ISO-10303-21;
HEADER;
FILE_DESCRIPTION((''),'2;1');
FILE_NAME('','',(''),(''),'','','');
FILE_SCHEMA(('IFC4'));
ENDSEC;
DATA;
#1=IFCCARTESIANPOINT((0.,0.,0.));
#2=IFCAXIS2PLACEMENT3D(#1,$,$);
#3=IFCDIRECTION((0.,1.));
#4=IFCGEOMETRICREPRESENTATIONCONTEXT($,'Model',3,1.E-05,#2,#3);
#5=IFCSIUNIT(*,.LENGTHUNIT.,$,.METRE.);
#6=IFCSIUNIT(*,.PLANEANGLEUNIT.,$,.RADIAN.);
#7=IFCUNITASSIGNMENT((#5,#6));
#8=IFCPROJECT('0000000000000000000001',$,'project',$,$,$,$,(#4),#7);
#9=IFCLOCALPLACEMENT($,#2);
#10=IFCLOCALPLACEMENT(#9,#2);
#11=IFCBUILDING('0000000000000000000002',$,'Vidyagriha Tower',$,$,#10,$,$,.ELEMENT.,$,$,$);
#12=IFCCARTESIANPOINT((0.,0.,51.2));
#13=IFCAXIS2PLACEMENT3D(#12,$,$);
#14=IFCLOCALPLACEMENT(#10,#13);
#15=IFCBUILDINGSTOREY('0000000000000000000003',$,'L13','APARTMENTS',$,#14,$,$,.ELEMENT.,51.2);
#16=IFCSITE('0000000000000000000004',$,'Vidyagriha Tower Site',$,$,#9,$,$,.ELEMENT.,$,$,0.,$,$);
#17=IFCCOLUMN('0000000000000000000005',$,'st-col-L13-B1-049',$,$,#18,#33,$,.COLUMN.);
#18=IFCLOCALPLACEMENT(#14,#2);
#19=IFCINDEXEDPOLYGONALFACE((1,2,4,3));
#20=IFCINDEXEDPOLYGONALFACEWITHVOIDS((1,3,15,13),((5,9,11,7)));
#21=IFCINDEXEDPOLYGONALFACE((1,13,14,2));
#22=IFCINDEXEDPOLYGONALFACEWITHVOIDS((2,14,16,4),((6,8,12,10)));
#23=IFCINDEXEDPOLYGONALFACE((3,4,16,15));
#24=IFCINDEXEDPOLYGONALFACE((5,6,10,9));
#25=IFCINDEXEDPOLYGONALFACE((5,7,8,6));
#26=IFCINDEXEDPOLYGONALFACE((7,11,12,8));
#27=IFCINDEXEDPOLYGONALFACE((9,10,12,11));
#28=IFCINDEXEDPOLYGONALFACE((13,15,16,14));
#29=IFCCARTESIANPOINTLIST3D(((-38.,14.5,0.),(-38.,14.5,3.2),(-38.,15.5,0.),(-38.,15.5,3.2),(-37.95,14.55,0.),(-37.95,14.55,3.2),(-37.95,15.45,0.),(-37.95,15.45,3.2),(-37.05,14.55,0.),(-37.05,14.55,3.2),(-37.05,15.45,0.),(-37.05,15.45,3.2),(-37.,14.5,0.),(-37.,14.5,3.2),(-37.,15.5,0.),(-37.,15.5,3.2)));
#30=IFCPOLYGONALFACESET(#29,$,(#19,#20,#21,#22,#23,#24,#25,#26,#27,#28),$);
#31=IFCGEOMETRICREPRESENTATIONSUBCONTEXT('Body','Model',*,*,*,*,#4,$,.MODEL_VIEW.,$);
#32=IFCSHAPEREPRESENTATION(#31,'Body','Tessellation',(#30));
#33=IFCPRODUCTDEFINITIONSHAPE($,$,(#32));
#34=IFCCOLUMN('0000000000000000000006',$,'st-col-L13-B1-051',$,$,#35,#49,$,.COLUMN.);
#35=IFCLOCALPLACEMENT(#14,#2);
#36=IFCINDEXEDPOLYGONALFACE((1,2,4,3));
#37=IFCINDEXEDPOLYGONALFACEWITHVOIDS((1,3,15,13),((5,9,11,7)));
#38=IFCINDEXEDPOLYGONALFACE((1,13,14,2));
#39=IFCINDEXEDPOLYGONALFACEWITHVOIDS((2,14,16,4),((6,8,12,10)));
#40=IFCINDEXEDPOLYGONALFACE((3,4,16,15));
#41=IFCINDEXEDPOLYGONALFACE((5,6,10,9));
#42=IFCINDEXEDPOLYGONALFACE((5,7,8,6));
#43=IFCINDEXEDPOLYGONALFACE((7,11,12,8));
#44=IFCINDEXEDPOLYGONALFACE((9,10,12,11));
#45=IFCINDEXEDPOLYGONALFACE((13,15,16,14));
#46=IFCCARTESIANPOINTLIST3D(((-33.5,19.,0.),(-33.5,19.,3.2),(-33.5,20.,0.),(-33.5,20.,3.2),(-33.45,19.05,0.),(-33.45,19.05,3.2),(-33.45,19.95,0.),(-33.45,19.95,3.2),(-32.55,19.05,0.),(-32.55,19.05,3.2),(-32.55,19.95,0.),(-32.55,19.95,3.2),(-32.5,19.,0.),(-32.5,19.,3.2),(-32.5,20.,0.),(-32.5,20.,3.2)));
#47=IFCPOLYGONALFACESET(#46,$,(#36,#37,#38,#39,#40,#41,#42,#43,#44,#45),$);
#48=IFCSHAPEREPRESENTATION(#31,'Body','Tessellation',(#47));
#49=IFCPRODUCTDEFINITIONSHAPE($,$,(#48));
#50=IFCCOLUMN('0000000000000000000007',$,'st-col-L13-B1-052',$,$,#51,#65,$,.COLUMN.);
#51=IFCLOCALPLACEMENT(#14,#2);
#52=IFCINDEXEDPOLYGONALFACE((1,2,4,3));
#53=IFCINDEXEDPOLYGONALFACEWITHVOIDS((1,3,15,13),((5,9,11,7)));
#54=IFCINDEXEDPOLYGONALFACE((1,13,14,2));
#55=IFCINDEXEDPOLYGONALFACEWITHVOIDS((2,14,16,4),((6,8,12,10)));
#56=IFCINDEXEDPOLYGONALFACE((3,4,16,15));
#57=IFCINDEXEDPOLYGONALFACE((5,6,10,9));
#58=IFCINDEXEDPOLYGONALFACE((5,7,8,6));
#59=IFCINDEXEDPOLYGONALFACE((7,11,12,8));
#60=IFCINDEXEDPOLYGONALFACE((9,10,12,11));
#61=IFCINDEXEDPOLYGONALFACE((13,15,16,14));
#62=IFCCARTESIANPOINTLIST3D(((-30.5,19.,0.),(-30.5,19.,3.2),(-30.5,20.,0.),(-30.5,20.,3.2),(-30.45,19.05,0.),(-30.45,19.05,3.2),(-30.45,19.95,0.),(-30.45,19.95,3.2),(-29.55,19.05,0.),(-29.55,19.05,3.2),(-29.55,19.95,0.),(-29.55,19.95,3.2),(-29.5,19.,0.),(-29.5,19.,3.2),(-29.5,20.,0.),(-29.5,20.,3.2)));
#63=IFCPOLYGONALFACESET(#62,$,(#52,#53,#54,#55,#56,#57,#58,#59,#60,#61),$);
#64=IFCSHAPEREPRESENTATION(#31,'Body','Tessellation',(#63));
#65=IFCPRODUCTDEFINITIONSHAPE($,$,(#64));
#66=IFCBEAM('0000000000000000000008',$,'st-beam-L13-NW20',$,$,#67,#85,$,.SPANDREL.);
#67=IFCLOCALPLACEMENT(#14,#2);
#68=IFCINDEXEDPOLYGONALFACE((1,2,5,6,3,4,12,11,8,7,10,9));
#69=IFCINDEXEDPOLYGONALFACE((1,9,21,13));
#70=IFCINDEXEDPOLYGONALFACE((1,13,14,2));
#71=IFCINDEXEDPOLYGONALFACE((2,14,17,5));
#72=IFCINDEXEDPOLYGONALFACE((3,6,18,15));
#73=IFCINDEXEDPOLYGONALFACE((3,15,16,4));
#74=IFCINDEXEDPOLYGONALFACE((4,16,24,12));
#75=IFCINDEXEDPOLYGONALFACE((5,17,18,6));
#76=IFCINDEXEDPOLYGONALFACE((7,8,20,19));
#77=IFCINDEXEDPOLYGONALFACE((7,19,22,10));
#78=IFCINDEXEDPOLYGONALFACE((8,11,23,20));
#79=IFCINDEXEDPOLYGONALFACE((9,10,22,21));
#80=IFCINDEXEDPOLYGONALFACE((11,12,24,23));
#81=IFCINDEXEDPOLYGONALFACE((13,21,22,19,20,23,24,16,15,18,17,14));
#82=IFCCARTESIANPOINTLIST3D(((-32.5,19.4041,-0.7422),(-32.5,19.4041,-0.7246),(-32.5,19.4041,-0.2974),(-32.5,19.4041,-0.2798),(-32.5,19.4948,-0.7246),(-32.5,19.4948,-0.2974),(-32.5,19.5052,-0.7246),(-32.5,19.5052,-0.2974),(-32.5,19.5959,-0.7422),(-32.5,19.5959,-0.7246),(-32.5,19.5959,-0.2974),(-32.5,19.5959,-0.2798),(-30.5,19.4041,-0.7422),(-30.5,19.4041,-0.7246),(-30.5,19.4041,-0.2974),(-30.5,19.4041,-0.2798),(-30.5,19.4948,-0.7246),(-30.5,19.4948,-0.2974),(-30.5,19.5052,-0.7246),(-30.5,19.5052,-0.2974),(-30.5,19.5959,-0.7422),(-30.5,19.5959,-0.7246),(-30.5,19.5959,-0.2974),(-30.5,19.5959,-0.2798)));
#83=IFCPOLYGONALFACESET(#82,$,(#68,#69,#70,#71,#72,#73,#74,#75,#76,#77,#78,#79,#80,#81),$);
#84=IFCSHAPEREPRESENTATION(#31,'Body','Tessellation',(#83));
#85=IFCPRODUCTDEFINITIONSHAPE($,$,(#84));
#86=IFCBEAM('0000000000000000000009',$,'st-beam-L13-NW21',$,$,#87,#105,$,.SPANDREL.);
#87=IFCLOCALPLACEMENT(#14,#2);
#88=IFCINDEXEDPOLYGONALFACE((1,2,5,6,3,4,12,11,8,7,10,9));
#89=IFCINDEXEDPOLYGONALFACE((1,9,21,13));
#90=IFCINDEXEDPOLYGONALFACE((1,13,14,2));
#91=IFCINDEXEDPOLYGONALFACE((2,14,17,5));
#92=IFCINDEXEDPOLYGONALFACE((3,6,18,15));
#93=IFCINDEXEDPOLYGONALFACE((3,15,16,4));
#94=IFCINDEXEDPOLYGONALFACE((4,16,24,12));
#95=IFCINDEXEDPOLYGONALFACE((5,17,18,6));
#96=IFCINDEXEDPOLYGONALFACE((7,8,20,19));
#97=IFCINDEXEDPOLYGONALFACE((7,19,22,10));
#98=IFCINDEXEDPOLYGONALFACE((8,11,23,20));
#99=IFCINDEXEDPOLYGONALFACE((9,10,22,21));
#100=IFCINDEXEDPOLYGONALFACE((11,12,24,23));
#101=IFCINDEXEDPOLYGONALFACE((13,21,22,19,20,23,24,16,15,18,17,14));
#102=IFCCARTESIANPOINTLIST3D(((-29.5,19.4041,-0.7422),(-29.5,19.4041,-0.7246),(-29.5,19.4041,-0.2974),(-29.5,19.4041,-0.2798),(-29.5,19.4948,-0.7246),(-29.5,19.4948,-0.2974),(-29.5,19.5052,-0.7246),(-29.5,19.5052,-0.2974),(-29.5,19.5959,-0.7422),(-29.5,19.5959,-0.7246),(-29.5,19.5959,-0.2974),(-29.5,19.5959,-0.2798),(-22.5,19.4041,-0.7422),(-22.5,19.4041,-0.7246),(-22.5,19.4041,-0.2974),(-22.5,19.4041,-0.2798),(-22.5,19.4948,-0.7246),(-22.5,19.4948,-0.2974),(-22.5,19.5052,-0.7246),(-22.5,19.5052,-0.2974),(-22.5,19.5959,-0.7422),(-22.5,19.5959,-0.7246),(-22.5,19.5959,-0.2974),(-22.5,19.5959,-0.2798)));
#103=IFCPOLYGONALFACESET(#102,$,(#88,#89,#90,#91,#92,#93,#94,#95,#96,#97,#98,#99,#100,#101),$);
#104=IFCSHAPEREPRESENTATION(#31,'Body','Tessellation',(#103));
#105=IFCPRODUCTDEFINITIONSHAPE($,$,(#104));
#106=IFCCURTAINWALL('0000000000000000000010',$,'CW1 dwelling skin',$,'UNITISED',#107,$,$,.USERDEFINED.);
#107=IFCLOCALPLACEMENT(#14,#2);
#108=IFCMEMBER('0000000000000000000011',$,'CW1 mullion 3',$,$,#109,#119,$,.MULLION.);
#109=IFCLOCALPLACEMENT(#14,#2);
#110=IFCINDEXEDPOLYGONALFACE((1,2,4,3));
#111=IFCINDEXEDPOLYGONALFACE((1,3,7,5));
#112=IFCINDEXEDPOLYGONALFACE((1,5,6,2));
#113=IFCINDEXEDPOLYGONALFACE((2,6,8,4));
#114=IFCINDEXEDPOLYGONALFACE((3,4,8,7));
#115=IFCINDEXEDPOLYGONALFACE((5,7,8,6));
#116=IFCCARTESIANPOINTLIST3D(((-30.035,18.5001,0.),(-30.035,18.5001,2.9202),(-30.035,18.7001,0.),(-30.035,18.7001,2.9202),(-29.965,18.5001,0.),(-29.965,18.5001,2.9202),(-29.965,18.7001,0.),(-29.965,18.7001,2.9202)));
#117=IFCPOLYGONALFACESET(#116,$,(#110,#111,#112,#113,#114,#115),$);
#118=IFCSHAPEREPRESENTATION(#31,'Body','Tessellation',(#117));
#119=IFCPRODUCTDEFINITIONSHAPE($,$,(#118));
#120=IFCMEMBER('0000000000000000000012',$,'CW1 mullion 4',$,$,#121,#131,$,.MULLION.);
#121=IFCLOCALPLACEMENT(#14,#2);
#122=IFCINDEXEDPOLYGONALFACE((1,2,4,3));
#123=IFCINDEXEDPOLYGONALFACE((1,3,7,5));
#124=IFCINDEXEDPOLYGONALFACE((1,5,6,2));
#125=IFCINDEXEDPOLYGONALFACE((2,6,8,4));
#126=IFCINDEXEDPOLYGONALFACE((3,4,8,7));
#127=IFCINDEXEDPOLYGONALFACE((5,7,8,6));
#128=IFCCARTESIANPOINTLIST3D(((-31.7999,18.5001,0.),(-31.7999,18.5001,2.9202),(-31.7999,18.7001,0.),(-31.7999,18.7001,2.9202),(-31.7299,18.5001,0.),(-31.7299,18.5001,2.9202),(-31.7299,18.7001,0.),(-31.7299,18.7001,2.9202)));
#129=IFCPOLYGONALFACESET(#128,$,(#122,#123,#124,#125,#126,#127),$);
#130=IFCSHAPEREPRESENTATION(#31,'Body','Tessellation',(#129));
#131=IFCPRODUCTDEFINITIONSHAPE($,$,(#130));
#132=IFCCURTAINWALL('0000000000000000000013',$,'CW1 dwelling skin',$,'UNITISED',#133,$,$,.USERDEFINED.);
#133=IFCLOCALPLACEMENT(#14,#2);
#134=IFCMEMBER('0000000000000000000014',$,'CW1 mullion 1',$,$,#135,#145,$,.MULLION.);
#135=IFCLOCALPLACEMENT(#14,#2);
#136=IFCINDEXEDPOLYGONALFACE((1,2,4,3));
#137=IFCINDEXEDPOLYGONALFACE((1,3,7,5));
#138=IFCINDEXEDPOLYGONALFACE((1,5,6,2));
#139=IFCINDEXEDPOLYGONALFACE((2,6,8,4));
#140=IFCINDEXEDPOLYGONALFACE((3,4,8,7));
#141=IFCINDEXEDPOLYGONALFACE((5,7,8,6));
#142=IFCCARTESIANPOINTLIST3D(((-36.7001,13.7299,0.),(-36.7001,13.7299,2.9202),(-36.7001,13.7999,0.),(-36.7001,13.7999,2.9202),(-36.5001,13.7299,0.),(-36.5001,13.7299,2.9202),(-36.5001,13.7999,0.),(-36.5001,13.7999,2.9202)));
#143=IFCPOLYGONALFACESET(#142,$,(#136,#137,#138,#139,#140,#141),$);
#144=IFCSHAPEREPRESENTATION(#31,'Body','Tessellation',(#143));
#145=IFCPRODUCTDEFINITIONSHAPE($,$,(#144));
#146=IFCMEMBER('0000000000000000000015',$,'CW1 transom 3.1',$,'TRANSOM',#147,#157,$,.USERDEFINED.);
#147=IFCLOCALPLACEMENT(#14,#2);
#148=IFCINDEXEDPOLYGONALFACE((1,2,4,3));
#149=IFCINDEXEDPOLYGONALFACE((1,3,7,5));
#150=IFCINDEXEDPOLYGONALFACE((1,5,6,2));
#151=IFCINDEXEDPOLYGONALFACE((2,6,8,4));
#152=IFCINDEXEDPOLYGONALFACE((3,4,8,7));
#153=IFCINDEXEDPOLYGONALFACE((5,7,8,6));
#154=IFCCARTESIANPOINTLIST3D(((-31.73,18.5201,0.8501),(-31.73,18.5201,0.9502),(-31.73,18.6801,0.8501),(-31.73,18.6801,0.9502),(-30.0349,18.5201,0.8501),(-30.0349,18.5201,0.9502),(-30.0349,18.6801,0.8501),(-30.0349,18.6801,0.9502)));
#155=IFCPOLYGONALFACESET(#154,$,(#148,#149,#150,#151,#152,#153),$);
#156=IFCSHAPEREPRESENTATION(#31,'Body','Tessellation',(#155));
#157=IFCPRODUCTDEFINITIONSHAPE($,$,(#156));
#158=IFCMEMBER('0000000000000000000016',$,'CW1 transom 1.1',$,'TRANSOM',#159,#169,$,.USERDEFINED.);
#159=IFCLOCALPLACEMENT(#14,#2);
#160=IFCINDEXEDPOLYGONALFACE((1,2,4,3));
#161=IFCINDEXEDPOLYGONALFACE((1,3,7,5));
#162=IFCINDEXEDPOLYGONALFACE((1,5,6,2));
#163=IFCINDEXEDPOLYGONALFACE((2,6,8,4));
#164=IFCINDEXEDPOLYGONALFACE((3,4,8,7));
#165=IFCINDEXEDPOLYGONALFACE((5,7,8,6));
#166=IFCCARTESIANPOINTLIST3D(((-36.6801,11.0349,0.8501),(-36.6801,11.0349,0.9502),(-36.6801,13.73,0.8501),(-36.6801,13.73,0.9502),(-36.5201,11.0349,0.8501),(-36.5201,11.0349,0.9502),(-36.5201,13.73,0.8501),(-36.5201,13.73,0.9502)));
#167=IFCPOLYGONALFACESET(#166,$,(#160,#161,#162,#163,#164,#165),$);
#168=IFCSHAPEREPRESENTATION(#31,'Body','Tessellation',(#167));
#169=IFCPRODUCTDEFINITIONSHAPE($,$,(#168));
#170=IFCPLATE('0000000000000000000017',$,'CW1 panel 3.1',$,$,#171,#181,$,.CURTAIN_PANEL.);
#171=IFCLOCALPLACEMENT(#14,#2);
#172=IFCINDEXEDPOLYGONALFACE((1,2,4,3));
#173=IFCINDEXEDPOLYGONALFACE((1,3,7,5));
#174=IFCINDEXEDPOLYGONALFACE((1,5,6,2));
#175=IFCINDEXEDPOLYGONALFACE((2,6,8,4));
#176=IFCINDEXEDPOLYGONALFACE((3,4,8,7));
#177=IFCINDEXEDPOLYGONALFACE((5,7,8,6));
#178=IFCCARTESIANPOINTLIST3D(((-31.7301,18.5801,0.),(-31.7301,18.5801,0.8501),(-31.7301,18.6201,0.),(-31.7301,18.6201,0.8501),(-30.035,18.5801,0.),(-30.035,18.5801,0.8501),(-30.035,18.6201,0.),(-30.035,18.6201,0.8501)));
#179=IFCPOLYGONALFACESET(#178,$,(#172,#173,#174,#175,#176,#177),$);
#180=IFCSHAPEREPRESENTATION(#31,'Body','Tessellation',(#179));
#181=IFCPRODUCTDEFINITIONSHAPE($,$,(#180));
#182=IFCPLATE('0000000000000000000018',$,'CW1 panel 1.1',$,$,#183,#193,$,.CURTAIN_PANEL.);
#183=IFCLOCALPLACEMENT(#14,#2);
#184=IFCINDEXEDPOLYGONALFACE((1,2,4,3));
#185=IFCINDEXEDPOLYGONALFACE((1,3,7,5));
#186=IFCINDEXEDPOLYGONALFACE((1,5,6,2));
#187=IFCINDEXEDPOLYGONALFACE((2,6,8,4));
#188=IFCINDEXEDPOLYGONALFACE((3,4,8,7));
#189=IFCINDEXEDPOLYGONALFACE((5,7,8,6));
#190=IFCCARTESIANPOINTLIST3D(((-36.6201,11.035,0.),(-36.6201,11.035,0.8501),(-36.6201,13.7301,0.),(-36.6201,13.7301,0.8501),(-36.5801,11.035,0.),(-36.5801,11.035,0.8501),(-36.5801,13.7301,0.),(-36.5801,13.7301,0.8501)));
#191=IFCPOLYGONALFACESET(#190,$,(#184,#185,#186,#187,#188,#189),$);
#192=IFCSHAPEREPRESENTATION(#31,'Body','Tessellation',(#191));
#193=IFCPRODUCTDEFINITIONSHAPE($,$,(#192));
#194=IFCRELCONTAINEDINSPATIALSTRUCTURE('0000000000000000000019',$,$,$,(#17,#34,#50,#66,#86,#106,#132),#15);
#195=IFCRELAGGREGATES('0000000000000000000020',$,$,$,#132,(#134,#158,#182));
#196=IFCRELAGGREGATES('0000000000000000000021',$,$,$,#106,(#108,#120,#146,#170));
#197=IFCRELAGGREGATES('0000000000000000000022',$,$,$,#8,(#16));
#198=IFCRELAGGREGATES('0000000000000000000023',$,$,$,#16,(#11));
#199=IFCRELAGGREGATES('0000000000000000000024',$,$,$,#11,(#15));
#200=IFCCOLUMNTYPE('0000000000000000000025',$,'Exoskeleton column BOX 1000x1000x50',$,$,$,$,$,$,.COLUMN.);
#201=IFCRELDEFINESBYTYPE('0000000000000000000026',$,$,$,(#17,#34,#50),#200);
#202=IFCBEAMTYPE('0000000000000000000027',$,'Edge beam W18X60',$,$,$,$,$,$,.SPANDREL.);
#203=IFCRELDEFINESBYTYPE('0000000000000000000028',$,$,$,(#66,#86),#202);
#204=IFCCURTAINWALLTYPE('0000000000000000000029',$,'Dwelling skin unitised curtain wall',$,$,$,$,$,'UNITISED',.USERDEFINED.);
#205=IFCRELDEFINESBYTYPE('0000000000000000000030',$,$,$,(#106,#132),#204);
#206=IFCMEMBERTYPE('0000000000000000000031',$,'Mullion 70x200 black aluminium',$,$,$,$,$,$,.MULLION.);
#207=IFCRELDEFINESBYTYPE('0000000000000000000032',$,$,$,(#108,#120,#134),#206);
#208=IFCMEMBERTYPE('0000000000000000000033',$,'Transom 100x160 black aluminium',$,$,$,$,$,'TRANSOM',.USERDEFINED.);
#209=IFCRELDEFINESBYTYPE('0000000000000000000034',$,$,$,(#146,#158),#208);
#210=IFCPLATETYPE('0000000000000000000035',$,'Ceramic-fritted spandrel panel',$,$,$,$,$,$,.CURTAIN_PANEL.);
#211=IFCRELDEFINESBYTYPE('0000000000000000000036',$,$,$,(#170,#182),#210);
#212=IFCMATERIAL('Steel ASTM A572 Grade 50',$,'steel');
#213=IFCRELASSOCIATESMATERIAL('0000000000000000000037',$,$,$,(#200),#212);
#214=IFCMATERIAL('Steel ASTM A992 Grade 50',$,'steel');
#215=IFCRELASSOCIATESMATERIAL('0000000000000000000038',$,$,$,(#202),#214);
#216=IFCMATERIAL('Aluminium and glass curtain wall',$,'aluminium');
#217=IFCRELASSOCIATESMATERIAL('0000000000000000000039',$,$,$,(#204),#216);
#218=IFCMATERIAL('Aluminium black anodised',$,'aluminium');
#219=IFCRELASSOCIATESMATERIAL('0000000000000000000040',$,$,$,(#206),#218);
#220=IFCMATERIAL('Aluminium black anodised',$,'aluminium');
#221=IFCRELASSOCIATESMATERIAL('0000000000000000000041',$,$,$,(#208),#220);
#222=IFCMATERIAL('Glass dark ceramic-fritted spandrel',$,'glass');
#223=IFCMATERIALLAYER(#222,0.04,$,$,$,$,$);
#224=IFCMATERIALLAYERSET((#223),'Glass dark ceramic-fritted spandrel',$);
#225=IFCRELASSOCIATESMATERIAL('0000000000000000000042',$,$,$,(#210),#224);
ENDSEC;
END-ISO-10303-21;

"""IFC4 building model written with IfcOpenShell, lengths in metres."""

from ifc_helpers import new_model, si_unit, direction, frame, origin, origin_2d, place, context, subcontext, project, spatial, rectangle, hollow_rectangle, i_section, extrude, material, layer, layer_set, material_profile, profile_set, type_object, element, aggregate, save


model = new_model("IFC4")

# Units and contexts
model_context = context("Model", 3, precision=1e-05, world=origin(), true_north=direction((0.0, 1.0)))
body_context = subcontext(model_context, "Body", "Model", "MODEL_VIEW")
ifc_project = project(units=[si_unit("LENGTHUNIT", "METRE"), si_unit("PLANEANGLEUNIT", "RADIAN")], contexts=[model_context])

# Site, building, storey
site_placement = place(None, origin())
site = spatial("IfcSite", under=ifc_project, at=site_placement, Name="Vidyagriha Tower Site", CompositionType="ELEMENT", RefElevation=0.0)
building_placement = place(site_placement, origin())
building = spatial("IfcBuilding", under=site, at=building_placement, Name="Vidyagriha Tower", CompositionType="ELEMENT")
storey_placement = place(building_placement, frame((0.0, 0.0, 51.2)))
storey = spatial("IfcBuildingStorey", under=building, at=storey_placement, Name="L13", Description="APARTMENTS", CompositionType="ELEMENT", Elevation=51.2)

# Columns
ifc_material_1 = material(Name="Steel ASTM A572 Grade 50", Category="steel")
ifc_material_profile_1 = material_profile(ifc_material_1, hollow_rectangle(XDim=1.0, YDim=1.0, WallThickness=0.05, at=origin_2d()), Name="BOX 1000x1000x50")
ifc_profile_set_1 = profile_set([ifc_material_profile_1], Name="Steel ASTM A572 Grade 50")
column_type = type_object("IfcColumnType", Name="Exoskeleton column BOX 1000x1000x50", PredefinedType="COLUMN", material=ifc_profile_set_1)
for number, where, name in (
    (1, (-37.5, 15.0, 0.0), "st-col-L13-B1-049"),
    (2, (-33.0, 19.5, 0.0), "st-col-L13-B1-051"),
    (3, (-30.0, 19.5, 0.0), "st-col-L13-B1-052"),
):
    element("IfcColumn", number, at=place(storey_placement, frame(where)), inside=storey, type_object=column_type, Name=name, PredefinedType="COLUMN", context=body_context, shape_type="SweptSolid", body=[
        extrude(hollow_rectangle(XDim=1.0, YDim=1.0, WallThickness=0.05, at=origin_2d()), origin(), (0.0, 0.0, 1.0), 3.2),
    ])

# Beams
ifc_material_2 = material(Name="Steel ASTM A992 Grade 50", Category="steel")
ifc_material_profile_2 = material_profile(ifc_material_2, i_section(OverallWidth=0.1919, OverallDepth=0.4624, WebThickness=0.0105, FlangeThickness=0.0176, at=origin_2d()), Name="W18X60")
ifc_profile_set_2 = profile_set([ifc_material_profile_2], Name="Steel ASTM A992 Grade 50")
beam_type = type_object("IfcBeamType", Name="Edge beam W18X60", PredefinedType="SPANDREL", material=ifc_profile_set_2)
beam_1_placement = place(storey_placement, frame((-32.5, 19.5, -0.511), z_axis=(1.0, 0.0, 0.0), x_axis=(0.0, 1.0, 0.0)))
element("IfcBeam", 4, at=beam_1_placement, inside=storey, type_object=beam_type, Name="st-beam-L13-NW20", PredefinedType="SPANDREL", context=body_context, shape_type="SweptSolid", body=[
    extrude(i_section(OverallWidth=0.1919, OverallDepth=0.4624, WebThickness=0.0105, FlangeThickness=0.0176, at=origin_2d()), origin(), (0.0, 0.0, 1.0), 2.0),
])
beam_2_placement = place(storey_placement, frame((-29.5, 19.5, -0.511), z_axis=(1.0, 0.0, 0.0), x_axis=(0.0, 1.0, 0.0)))
element("IfcBeam", 5, at=beam_2_placement, inside=storey, type_object=beam_type, Name="st-beam-L13-NW21", PredefinedType="SPANDREL", context=body_context, shape_type="SweptSolid", body=[
    extrude(i_section(OverallWidth=0.1919, OverallDepth=0.4624, WebThickness=0.0105, FlangeThickness=0.0176, at=origin_2d()), origin(), (0.0, 0.0, 1.0), 7.0),
])

# Curtain wall, members
ifc_material_3 = material(Name="Aluminium and glass curtain wall", Category="aluminium")
curtain_wall_type = type_object("IfcCurtainWallType", Name="Dwelling skin unitised curtain wall", ElementType="UNITISED", PredefinedType="USERDEFINED", material=ifc_material_3)
curtain_wall_1_placement = place(storey_placement, origin())
curtain_wall_1 = element("IfcCurtainWall", 6, at=curtain_wall_1_placement, inside=storey, type_object=curtain_wall_type, Name="CW1 dwelling skin", ObjectType="UNITISED", PredefinedType="USERDEFINED")
ifc_material_4 = material(Name="Aluminium black anodised", Category="aluminium")
ifc_material_profile_3 = material_profile(ifc_material_4, rectangle(XDim=0.2, YDim=0.0701, at=origin_2d()), Name="Mullion 70x200 black aluminium")
ifc_profile_set_3 = profile_set([ifc_material_profile_3], Name="Aluminium black anodised")
member_type_1 = type_object("IfcMemberType", Name="Mullion 70x200 black aluminium", PredefinedType="MULLION", material=ifc_profile_set_3)
member_1_placement = place(storey_placement, frame((-30.0, 18.6001, 0.0), z_axis=(0.0, 0.0, 1.0), x_axis=(0.0, -1.0, 0.0)))
member_1 = element("IfcMember", 7, at=member_1_placement, type_object=member_type_1, Name="CW1 mullion 3", PredefinedType="MULLION", context=body_context, shape_type="SweptSolid", body=[
    extrude(rectangle(XDim=0.2, YDim=0.0701, at=origin_2d()), origin(), (0.0, 0.0, 1.0), 2.9202),
])
member_2_placement = place(storey_placement, frame((-31.7649, 18.6001, 0.0), z_axis=(0.0, 0.0, 1.0), x_axis=(0.0, -1.0, 0.0)))
member_2 = element("IfcMember", 8, at=member_2_placement, type_object=member_type_1, Name="CW1 mullion 4", PredefinedType="MULLION", context=body_context, shape_type="SweptSolid", body=[
    extrude(rectangle(XDim=0.2, YDim=0.0701, at=origin_2d()), origin(), (0.0, 0.0, 1.0), 2.9202),
])

# Curtain wall, member
curtain_wall_2_placement = place(storey_placement, origin())
curtain_wall_2 = element("IfcCurtainWall", 9, at=curtain_wall_2_placement, inside=storey, type_object=curtain_wall_type, Name="CW1 dwelling skin", ObjectType="UNITISED", PredefinedType="USERDEFINED")
member_3_placement = place(storey_placement, frame((-36.6001, 13.7649, 0.0)))
member_3 = element("IfcMember", 10, at=member_3_placement, type_object=member_type_1, Name="CW1 mullion 1", PredefinedType="MULLION", context=body_context, shape_type="SweptSolid", body=[
    extrude(rectangle(XDim=0.2, YDim=0.0701, at=origin_2d()), origin(), (0.0, 0.0, 1.0), 2.9202),
])

# Members
ifc_material_5 = material(Name="Aluminium black anodised", Category="aluminium")
ifc_material_profile_4 = material_profile(ifc_material_5, rectangle(XDim=0.1599, YDim=0.1001, at=origin_2d()), Name="Transom 100x160 black aluminium")
ifc_profile_set_4 = profile_set([ifc_material_profile_4], Name="Aluminium black anodised")
member_type_2 = type_object("IfcMemberType", Name="Transom 100x160 black aluminium", ElementType="TRANSOM", PredefinedType="USERDEFINED", material=ifc_profile_set_4)
member_4_placement = place(storey_placement, frame((-30.0349, 18.6001, 0.9001), z_axis=(-1.0, 0.0, 0.0), x_axis=(0.0, -1.0, 0.0)))
member_4 = element("IfcMember", 11, at=member_4_placement, type_object=member_type_2, Name="CW1 transom 3.1", ObjectType="TRANSOM", PredefinedType="USERDEFINED", context=body_context, shape_type="SweptSolid", body=[
    extrude(rectangle(XDim=0.1599, YDim=0.1001, at=origin_2d()), origin(), (0.0, 0.0, 1.0), 1.6951),
])
member_5_placement = place(storey_placement, frame((-36.6001, 13.73, 0.9001), z_axis=(0.0, -1.0, 0.0), x_axis=(1.0, 0.0, 0.0)))
member_5 = element("IfcMember", 12, at=member_5_placement, type_object=member_type_2, Name="CW1 transom 1.1", ObjectType="TRANSOM", PredefinedType="USERDEFINED", context=body_context, shape_type="SweptSolid", body=[
    extrude(rectangle(XDim=0.1599, YDim=0.1001, at=origin_2d()), origin(), (0.0, 0.0, 1.0), 2.6951),
])

# Plates
ifc_material_6 = material(Name="Glass dark ceramic-fritted spandrel", Category="glass")
ifc_layer_1 = layer(ifc_material_6, 0.04)
ifc_layer_set_1 = layer_set([ifc_layer_1], Name="Glass dark ceramic-fritted spandrel")
plate_type_1 = type_object("IfcPlateType", Name="Ceramic-fritted spandrel panel", PredefinedType="CURTAIN_PANEL", material=ifc_layer_set_1)
plate_1_placement = place(storey_placement, frame((-30.8826, 18.6001, 0.0), z_axis=(0.0, 0.0, 1.0), x_axis=(-1.0, 0.0, 0.0)))
plate_1 = element("IfcPlate", 13, at=plate_1_placement, type_object=plate_type_1, Name="CW1 panel 3.1", PredefinedType="CURTAIN_PANEL", context=body_context, shape_type="SweptSolid", body=[
    extrude(rectangle(XDim=1.6951, YDim=0.04, at=origin_2d()), origin(), (0.0, 0.0, 1.0), 0.8501),
])
plate_2_placement = place(storey_placement, frame((-36.6001, 12.3826, 0.0), z_axis=(0.0, 0.0, 1.0), x_axis=(0.0, -1.0, 0.0)))
plate_2 = element("IfcPlate", 14, at=plate_2_placement, type_object=plate_type_1, Name="CW1 panel 1.1", PredefinedType="CURTAIN_PANEL", context=body_context, shape_type="SweptSolid", body=[
    extrude(rectangle(XDim=2.6951, YDim=0.04, at=origin_2d()), origin(), (0.0, 0.0, 1.0), 0.8501),
])
aggregate(curtain_wall_2, [member_3, member_5, plate_2])
aggregate(curtain_wall_1, [member_1, member_2, member_4, plate_1])

save(model, "model.ifc")
